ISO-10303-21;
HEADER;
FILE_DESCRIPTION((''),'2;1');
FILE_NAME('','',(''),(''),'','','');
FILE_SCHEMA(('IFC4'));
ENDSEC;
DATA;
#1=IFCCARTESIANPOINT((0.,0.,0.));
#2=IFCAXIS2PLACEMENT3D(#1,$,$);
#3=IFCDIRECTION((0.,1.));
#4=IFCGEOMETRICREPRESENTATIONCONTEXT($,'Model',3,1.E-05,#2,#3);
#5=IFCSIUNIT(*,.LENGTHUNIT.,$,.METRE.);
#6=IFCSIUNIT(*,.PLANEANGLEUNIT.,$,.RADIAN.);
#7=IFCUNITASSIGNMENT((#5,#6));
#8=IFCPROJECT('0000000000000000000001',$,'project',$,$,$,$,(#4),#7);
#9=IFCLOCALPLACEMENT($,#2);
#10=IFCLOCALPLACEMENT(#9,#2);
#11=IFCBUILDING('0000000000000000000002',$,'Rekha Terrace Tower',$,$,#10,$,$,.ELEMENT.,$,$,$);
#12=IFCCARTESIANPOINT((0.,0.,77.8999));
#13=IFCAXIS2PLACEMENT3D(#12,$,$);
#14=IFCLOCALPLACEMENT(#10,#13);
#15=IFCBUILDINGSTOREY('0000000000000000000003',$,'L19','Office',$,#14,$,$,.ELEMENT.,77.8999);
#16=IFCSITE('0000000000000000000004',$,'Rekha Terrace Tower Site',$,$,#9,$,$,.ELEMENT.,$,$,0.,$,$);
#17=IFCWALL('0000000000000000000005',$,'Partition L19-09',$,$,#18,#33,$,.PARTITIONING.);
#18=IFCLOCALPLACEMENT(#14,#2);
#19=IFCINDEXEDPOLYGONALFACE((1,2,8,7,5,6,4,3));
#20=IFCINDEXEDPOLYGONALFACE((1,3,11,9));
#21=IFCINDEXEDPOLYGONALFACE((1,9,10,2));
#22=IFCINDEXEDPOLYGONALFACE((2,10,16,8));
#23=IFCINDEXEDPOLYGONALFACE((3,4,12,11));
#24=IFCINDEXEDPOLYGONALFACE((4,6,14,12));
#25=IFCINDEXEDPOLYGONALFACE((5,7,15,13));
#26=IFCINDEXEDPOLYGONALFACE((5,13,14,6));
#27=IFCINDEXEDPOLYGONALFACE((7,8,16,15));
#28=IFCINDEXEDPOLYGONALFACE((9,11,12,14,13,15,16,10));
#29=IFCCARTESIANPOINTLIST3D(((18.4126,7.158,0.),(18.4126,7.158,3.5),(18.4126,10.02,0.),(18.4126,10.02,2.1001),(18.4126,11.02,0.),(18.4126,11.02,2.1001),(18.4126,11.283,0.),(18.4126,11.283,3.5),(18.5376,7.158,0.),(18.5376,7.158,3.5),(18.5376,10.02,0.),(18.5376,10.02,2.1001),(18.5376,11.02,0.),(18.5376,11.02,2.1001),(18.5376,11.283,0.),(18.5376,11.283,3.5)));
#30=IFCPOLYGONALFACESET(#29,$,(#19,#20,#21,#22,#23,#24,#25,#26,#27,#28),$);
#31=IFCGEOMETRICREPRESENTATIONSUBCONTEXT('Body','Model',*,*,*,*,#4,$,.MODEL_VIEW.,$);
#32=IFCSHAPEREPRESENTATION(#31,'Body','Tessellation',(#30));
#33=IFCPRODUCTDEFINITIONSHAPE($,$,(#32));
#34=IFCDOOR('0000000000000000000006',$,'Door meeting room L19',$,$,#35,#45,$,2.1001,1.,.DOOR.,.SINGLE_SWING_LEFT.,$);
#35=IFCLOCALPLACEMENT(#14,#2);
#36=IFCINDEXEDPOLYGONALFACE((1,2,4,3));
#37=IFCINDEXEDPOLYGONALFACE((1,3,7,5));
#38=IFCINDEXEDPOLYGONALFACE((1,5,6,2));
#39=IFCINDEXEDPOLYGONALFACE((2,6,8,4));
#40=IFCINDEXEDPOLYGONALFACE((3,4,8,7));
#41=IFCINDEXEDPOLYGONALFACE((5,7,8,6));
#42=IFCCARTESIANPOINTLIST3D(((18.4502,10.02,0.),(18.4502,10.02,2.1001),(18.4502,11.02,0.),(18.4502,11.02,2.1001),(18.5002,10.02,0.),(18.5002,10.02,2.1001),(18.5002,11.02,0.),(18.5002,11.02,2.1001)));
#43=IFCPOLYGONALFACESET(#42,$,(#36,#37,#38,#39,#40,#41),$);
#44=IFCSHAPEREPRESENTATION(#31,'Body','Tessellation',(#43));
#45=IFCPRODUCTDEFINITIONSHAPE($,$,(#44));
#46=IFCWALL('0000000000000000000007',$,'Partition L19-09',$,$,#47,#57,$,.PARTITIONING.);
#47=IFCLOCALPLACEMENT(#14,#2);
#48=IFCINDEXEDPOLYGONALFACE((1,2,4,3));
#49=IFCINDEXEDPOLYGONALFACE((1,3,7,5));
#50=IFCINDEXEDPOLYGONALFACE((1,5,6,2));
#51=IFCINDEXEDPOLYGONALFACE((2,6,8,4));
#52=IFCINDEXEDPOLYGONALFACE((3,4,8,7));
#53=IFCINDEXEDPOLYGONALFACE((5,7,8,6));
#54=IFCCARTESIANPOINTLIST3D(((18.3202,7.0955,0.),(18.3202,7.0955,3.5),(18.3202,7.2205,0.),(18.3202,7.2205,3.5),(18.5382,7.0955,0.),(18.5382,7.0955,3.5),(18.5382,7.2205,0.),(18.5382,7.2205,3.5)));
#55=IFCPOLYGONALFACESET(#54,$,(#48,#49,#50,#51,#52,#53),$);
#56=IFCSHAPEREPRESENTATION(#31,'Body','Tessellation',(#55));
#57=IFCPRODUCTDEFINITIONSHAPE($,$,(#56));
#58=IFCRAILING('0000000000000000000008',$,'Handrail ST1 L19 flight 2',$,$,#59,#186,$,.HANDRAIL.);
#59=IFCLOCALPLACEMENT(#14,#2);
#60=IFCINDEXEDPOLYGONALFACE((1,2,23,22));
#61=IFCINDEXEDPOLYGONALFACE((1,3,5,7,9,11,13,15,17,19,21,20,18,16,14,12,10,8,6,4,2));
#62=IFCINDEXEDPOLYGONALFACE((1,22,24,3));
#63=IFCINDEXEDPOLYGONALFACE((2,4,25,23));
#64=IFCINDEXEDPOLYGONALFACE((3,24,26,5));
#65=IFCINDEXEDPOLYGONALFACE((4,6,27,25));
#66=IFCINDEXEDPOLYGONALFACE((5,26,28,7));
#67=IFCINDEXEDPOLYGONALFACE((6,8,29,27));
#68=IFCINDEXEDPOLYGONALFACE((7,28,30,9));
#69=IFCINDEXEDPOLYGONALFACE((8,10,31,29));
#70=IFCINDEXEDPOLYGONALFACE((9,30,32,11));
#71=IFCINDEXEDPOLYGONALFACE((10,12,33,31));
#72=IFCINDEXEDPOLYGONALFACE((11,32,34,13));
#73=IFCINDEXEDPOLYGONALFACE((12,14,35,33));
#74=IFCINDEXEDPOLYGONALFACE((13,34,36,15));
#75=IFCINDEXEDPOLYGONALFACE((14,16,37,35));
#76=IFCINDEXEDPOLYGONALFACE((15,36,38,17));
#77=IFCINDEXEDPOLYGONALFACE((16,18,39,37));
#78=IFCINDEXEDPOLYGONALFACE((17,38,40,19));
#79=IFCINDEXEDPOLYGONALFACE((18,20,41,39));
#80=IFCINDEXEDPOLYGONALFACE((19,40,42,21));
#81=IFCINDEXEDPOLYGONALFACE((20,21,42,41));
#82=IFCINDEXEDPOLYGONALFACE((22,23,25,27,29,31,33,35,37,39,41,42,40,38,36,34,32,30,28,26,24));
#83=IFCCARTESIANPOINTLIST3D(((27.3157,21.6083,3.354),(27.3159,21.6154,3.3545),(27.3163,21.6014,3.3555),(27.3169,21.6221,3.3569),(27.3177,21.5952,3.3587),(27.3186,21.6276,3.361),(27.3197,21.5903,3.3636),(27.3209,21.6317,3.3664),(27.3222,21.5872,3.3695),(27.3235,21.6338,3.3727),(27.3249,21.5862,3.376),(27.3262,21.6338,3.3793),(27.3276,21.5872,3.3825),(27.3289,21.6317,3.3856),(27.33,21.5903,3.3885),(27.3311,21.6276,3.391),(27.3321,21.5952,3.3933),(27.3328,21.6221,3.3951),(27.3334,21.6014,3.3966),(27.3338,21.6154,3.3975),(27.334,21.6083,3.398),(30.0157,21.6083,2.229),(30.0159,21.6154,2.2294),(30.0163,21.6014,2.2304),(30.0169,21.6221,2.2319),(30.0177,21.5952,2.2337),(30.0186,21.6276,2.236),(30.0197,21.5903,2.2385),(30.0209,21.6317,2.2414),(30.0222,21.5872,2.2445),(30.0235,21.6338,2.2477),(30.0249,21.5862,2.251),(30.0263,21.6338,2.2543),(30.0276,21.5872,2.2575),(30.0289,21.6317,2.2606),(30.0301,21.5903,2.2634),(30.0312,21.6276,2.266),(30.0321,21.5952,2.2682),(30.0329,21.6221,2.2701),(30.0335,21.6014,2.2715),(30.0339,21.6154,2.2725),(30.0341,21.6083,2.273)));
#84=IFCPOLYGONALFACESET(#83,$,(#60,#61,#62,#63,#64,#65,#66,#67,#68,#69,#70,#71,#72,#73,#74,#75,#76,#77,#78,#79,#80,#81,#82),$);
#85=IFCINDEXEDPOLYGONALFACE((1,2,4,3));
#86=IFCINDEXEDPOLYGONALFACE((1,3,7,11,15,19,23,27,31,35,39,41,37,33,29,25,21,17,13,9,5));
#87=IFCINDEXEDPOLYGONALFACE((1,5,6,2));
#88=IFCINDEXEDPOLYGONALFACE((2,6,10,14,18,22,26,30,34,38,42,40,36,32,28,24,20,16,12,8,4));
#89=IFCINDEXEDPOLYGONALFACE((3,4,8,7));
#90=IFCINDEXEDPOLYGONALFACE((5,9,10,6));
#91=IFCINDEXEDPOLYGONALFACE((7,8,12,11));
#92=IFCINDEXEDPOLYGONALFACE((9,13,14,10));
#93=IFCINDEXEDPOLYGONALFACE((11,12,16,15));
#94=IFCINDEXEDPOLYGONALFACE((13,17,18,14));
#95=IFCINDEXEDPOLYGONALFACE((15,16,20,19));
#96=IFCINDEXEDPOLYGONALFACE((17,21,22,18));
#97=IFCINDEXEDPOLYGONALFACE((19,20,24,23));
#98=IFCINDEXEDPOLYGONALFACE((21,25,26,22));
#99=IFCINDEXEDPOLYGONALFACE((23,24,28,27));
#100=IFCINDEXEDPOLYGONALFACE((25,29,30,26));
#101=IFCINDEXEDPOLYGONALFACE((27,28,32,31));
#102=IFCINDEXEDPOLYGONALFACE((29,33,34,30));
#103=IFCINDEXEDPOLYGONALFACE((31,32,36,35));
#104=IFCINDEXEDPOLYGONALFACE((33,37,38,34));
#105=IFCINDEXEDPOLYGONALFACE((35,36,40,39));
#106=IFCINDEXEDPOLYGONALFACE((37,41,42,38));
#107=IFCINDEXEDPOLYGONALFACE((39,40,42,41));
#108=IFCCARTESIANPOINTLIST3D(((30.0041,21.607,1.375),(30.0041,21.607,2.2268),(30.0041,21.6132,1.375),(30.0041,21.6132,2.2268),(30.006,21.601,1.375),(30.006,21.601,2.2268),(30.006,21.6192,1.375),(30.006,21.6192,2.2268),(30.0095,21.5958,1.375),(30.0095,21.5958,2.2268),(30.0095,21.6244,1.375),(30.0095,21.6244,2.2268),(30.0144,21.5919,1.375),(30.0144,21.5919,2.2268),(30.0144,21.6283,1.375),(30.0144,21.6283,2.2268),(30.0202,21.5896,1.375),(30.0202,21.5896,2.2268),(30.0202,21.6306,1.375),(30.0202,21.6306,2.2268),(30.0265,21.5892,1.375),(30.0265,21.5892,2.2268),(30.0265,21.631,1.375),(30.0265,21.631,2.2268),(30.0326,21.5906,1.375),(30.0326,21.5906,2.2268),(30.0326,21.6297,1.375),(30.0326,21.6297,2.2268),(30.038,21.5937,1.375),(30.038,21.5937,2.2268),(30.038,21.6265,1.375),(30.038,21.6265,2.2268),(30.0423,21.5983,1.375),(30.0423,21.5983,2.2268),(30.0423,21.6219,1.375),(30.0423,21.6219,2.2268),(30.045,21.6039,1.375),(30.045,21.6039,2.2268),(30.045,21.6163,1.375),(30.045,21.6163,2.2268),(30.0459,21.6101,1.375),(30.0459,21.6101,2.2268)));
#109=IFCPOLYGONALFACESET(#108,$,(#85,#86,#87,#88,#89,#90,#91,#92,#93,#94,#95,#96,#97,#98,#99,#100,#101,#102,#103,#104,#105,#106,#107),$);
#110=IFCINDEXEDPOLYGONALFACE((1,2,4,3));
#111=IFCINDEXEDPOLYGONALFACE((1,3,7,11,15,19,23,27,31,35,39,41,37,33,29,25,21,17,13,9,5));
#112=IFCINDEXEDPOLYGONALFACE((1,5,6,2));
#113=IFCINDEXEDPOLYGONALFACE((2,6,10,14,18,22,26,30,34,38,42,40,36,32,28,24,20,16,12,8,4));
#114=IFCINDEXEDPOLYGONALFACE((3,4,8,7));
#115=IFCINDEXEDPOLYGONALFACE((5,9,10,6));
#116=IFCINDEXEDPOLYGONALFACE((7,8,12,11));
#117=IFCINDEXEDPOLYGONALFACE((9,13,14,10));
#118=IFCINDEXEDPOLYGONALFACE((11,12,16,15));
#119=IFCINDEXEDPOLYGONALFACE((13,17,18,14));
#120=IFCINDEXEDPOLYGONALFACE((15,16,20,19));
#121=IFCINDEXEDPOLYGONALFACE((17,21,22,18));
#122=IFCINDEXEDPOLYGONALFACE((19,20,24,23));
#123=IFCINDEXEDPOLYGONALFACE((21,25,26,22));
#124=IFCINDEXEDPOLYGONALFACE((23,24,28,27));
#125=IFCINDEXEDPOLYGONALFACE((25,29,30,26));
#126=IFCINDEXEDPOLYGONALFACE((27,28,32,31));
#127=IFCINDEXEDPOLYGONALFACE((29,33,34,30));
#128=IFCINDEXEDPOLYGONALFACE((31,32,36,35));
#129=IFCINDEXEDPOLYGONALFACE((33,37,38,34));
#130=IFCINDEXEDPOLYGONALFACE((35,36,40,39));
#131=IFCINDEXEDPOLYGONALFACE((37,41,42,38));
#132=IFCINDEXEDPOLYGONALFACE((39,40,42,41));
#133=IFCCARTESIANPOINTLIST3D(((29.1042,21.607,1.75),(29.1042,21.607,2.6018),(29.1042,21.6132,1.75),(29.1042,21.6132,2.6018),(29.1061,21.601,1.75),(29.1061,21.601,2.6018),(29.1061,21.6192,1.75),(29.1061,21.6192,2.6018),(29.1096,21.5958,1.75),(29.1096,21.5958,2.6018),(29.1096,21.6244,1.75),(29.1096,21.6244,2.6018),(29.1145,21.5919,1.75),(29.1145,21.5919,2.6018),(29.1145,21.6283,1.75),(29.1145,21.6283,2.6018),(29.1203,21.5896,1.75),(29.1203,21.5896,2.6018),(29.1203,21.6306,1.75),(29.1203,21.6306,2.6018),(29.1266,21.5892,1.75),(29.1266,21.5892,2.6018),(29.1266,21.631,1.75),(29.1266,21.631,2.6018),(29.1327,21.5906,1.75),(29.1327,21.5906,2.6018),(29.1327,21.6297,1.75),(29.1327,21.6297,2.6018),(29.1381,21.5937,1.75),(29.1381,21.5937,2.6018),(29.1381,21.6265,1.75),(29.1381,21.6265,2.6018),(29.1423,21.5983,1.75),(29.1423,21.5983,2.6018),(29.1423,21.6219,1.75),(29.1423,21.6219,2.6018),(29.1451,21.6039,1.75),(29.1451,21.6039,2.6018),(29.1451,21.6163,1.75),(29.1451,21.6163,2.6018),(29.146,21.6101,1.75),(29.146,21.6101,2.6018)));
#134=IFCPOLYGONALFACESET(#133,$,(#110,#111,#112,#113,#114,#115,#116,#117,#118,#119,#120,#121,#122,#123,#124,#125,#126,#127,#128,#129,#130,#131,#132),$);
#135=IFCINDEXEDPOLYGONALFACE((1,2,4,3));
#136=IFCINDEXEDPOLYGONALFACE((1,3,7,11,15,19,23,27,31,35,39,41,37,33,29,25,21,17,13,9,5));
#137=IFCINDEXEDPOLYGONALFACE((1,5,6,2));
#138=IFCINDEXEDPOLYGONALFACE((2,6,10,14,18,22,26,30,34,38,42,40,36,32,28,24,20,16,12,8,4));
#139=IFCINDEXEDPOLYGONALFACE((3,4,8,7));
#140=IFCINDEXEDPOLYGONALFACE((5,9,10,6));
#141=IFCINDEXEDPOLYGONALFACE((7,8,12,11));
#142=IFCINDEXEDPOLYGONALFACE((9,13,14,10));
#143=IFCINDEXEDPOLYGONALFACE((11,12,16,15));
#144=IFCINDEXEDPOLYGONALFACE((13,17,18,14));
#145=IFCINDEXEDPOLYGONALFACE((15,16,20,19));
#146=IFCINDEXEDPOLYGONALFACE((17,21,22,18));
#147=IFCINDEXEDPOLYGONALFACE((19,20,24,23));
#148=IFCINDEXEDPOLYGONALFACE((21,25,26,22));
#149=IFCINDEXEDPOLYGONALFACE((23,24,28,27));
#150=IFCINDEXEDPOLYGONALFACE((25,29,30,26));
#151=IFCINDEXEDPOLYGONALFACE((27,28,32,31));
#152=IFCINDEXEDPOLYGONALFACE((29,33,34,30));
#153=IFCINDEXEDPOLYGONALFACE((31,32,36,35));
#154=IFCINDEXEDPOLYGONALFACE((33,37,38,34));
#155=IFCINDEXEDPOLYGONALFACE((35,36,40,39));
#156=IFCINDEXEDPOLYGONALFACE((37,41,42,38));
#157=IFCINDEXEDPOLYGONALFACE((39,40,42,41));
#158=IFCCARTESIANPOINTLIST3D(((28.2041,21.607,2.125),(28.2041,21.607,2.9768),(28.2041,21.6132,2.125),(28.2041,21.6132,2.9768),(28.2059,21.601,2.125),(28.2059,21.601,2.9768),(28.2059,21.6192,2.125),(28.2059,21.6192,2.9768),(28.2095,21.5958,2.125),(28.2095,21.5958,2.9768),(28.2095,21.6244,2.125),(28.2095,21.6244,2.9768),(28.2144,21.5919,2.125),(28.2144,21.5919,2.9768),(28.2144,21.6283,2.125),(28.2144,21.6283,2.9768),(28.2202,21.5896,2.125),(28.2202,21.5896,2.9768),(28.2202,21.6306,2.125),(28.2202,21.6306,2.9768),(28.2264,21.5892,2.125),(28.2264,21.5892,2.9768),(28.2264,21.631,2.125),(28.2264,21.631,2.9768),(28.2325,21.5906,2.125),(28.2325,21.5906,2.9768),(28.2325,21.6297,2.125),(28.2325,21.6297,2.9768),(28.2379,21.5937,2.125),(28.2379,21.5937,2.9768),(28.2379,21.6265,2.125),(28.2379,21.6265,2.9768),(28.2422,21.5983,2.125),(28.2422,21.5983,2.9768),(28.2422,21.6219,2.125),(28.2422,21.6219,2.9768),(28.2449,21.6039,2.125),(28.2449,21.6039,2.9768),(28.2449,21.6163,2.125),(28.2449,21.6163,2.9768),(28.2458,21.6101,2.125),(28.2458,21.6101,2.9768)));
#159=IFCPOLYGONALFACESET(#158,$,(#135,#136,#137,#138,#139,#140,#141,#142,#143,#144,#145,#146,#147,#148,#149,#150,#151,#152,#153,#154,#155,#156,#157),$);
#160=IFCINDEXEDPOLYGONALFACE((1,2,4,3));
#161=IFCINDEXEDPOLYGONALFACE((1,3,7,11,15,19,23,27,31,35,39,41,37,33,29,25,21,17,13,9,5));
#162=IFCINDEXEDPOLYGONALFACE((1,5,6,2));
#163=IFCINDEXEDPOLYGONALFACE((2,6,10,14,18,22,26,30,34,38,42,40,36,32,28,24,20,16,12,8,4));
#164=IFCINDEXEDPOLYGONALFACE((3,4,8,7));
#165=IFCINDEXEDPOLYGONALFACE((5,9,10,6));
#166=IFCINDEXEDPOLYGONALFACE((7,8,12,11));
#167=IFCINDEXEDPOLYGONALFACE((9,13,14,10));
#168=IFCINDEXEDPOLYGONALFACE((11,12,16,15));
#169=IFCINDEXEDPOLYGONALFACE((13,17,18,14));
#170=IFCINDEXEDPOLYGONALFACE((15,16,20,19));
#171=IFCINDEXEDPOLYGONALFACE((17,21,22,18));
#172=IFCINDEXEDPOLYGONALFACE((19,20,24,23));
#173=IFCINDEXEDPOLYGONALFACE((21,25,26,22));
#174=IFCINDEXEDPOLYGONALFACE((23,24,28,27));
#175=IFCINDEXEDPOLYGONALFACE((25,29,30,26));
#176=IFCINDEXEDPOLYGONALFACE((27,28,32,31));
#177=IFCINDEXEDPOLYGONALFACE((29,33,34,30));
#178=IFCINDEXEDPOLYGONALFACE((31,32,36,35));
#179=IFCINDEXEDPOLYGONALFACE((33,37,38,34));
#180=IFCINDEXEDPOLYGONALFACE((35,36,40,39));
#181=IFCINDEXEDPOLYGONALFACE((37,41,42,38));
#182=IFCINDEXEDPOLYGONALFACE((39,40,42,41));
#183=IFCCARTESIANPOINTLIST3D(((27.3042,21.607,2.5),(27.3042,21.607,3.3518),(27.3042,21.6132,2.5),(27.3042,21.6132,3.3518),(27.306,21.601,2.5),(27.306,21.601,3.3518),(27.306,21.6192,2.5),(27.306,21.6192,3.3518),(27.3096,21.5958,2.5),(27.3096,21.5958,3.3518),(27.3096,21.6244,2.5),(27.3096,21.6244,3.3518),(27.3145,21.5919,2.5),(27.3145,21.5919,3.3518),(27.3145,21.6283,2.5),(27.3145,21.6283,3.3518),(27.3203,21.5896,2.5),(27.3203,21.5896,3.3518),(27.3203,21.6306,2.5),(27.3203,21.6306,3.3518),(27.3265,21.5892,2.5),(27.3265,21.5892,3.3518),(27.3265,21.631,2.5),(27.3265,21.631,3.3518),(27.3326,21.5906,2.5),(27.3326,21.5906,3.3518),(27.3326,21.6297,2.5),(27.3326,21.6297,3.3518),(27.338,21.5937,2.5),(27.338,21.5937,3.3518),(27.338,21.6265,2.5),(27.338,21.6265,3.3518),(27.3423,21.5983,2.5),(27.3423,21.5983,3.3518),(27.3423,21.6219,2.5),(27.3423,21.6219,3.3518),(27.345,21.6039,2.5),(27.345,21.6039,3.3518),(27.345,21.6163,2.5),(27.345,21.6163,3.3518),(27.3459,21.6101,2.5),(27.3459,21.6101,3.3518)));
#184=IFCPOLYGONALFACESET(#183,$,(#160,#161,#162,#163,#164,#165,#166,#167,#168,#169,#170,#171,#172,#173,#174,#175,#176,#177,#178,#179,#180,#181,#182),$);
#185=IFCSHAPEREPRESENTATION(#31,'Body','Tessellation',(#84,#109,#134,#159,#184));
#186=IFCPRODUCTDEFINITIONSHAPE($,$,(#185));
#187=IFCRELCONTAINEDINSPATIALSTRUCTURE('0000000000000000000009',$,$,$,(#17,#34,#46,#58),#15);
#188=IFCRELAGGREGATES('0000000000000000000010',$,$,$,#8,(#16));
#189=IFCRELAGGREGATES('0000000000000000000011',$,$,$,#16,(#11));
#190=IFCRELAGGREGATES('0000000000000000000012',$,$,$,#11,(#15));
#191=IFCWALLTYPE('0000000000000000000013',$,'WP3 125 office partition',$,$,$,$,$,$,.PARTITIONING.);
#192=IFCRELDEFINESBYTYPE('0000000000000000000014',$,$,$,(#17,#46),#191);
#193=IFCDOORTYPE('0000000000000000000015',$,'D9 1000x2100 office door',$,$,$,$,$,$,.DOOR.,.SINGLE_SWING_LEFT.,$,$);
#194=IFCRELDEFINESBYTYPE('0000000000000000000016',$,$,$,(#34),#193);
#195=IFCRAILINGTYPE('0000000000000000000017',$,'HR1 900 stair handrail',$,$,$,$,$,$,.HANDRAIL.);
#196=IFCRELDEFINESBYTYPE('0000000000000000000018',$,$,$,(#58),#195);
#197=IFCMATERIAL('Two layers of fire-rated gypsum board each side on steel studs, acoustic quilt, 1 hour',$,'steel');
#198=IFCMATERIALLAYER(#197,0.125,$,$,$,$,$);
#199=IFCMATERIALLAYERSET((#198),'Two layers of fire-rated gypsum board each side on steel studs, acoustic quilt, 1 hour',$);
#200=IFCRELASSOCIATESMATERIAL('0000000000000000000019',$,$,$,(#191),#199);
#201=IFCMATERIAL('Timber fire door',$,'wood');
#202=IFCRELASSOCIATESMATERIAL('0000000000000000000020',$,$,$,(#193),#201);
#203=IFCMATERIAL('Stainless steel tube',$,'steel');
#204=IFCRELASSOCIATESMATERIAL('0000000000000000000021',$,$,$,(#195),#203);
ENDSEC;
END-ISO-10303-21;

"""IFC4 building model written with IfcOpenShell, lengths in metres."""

from ifc_helpers import new_model, si_unit, direction, frame, frame_2d, origin, origin_2d, place, context, subcontext, project, spatial, rectangle, circle, extrude, material, layer, layer_set, type_object, element, fill, save


model = new_model("IFC4")

# Units and contexts
model_context = context("Model", 3, precision=1e-05, world=origin(), true_north=direction((0.0, 1.0)))
body_context = subcontext(model_context, "Body", "Model", "MODEL_VIEW")
ifc_project = project(units=[si_unit("LENGTHUNIT", "METRE"), si_unit("PLANEANGLEUNIT", "RADIAN")], contexts=[model_context])

# Site, building, storey
site_placement = place(None, origin())
site = spatial("IfcSite", under=ifc_project, at=site_placement, Name="Rekha Terrace Tower Site", CompositionType="ELEMENT", RefElevation=0.0)
building_placement = place(site_placement, origin())
building = spatial("IfcBuilding", under=site, at=building_placement, Name="Rekha Terrace Tower", CompositionType="ELEMENT")
storey_placement = place(building_placement, frame((0.0, 0.0, 77.8999)))
storey = spatial("IfcBuildingStorey", under=building, at=storey_placement, Name="L19", Description="Office", CompositionType="ELEMENT", Elevation=77.8999)

# Shared definitions
ifc_material_1 = material(Name="Two layers of fire-rated gypsum board each side on steel studs, acoustic quilt, 1 hour", Category="steel")
ifc_layer_1 = layer(ifc_material_1, 0.125)
ifc_layer_set_1 = layer_set([ifc_layer_1], Name="Two layers of fire-rated gypsum board each side on steel studs, acoustic quilt, 1 hour")
wall_type_1 = type_object("IfcWallType", Name="WP3 125 office partition", PredefinedType="PARTITIONING", material=ifc_layer_set_1)

# Wall, opening, door
wall_1_placement = place(storey_placement, frame((18.4751, 7.158, 0.0), z_axis=(0.0, 0.0, 1.0), x_axis=(0.0, 1.0, 0.0)))
wall_1 = element("IfcWall", 1, at=wall_1_placement, inside=storey, type_object=wall_type_1, Name="Partition L19-09", PredefinedType="PARTITIONING", context=body_context, shape_type="SweptSolid", body=[
    extrude(rectangle(XDim=4.125, YDim=0.125, at=frame_2d((2.0625, 0.0))), origin(), (0.0, 0.0, 1.0), 3.5),
])
opening_1_placement = place(wall_1_placement, frame((2.8621, 0.0, 0.0)))
opening_1 = element("IfcOpeningElement", 2, at=opening_1_placement, cuts=wall_1, PredefinedType="OPENING", context=body_context, shape_type="SweptSolid", body=[
    extrude(rectangle(XDim=1.0, YDim=2.1001, at=frame_2d((0.5, 1.05))), frame((0.0, 0.0725, 0.0), z_axis=(0.0, -1.0, 0.0), x_axis=(1.0, 0.0, 0.0)), (0.0, 0.0, 1.0), 0.145),
])
ifc_material_2 = material(Name="Timber fire door", Category="wood")
door_type_1 = type_object("IfcDoorType", Name="D9 1000x2100 office door", OperationType="SINGLE_SWING_LEFT", PredefinedType="DOOR", material=ifc_material_2)
door_1_placement = place(opening_1_placement, origin())
door_1 = element("IfcDoor", 3, at=door_1_placement, inside=storey, type_object=door_type_1, Name="Door meeting room L19", OperationType="SINGLE_SWING_LEFT", OverallHeight=2.1001, OverallWidth=1.0, PredefinedType="DOOR", context=body_context, shape_type="SweptSolid", body=[
    extrude(rectangle(XDim=1.0, YDim=2.1001, at=frame_2d((0.5, 1.05))), frame((0.0, 0.0249, 0.0), z_axis=(0.0, -1.0, 0.0), x_axis=(1.0, 0.0, 0.0)), (0.0, 0.0, 1.0), 0.05),
])
fill(opening_1, door_1)

# Wall
wall_2_placement = place(storey_placement, frame((18.5381, 7.158, 0.0), z_axis=(0.0, 0.0, 1.0), x_axis=(-1.0, 0.0, 0.0)))
element("IfcWall", 4, at=wall_2_placement, inside=storey, type_object=wall_type_1, Name="Partition L19-09", PredefinedType="PARTITIONING", context=body_context, shape_type="SweptSolid", body=[
    extrude(rectangle(XDim=0.218, YDim=0.125, at=frame_2d((0.1089, 0.0))), origin(), (0.0, 0.0, 1.0), 3.5),
])

# Railing
ifc_material_3 = material(Name="Stainless steel tube", Category="steel")
railing_type = type_object("IfcRailingType", Name="HR1 900 stair handrail", PredefinedType="HANDRAIL", material=ifc_material_3)
railing_placement = place(storey_placement, frame((30.0249, 21.6101, 1.375)))
element("IfcRailing", 5, at=railing_placement, inside=storey, type_object=railing_type, Name="Handrail ST1 L19 flight 2", PredefinedType="HANDRAIL", context=body_context, shape_type="SweptSolid", body=[
    extrude(circle(Radius=0.0239, at=origin_2d()), frame((0.0, 0.0, 0.876), z_axis=(-0.923074, 0.0, 0.384621), x_axis=(0.0, -1.0, 0.0)), (0.0, 0.0, 1.0), 2.925),
    extrude(circle(Radius=0.021, at=origin_2d()), origin(), (0.0, 0.0, 1.0), 0.8518),
    extrude(circle(Radius=0.021, at=origin_2d()), frame((-0.8999, 0.0, 0.375)), (0.0, 0.0, 1.0), 0.8518),
    extrude(circle(Radius=0.021, at=origin_2d()), frame((-1.8, 0.0, 0.75)), (0.0, 0.0, 1.0), 0.8518),
    extrude(circle(Radius=0.021, at=origin_2d()), frame((-2.7, 0.0, 1.125)), (0.0, 0.0, 1.0), 0.8518),
])

save(model, "model.ifc")
